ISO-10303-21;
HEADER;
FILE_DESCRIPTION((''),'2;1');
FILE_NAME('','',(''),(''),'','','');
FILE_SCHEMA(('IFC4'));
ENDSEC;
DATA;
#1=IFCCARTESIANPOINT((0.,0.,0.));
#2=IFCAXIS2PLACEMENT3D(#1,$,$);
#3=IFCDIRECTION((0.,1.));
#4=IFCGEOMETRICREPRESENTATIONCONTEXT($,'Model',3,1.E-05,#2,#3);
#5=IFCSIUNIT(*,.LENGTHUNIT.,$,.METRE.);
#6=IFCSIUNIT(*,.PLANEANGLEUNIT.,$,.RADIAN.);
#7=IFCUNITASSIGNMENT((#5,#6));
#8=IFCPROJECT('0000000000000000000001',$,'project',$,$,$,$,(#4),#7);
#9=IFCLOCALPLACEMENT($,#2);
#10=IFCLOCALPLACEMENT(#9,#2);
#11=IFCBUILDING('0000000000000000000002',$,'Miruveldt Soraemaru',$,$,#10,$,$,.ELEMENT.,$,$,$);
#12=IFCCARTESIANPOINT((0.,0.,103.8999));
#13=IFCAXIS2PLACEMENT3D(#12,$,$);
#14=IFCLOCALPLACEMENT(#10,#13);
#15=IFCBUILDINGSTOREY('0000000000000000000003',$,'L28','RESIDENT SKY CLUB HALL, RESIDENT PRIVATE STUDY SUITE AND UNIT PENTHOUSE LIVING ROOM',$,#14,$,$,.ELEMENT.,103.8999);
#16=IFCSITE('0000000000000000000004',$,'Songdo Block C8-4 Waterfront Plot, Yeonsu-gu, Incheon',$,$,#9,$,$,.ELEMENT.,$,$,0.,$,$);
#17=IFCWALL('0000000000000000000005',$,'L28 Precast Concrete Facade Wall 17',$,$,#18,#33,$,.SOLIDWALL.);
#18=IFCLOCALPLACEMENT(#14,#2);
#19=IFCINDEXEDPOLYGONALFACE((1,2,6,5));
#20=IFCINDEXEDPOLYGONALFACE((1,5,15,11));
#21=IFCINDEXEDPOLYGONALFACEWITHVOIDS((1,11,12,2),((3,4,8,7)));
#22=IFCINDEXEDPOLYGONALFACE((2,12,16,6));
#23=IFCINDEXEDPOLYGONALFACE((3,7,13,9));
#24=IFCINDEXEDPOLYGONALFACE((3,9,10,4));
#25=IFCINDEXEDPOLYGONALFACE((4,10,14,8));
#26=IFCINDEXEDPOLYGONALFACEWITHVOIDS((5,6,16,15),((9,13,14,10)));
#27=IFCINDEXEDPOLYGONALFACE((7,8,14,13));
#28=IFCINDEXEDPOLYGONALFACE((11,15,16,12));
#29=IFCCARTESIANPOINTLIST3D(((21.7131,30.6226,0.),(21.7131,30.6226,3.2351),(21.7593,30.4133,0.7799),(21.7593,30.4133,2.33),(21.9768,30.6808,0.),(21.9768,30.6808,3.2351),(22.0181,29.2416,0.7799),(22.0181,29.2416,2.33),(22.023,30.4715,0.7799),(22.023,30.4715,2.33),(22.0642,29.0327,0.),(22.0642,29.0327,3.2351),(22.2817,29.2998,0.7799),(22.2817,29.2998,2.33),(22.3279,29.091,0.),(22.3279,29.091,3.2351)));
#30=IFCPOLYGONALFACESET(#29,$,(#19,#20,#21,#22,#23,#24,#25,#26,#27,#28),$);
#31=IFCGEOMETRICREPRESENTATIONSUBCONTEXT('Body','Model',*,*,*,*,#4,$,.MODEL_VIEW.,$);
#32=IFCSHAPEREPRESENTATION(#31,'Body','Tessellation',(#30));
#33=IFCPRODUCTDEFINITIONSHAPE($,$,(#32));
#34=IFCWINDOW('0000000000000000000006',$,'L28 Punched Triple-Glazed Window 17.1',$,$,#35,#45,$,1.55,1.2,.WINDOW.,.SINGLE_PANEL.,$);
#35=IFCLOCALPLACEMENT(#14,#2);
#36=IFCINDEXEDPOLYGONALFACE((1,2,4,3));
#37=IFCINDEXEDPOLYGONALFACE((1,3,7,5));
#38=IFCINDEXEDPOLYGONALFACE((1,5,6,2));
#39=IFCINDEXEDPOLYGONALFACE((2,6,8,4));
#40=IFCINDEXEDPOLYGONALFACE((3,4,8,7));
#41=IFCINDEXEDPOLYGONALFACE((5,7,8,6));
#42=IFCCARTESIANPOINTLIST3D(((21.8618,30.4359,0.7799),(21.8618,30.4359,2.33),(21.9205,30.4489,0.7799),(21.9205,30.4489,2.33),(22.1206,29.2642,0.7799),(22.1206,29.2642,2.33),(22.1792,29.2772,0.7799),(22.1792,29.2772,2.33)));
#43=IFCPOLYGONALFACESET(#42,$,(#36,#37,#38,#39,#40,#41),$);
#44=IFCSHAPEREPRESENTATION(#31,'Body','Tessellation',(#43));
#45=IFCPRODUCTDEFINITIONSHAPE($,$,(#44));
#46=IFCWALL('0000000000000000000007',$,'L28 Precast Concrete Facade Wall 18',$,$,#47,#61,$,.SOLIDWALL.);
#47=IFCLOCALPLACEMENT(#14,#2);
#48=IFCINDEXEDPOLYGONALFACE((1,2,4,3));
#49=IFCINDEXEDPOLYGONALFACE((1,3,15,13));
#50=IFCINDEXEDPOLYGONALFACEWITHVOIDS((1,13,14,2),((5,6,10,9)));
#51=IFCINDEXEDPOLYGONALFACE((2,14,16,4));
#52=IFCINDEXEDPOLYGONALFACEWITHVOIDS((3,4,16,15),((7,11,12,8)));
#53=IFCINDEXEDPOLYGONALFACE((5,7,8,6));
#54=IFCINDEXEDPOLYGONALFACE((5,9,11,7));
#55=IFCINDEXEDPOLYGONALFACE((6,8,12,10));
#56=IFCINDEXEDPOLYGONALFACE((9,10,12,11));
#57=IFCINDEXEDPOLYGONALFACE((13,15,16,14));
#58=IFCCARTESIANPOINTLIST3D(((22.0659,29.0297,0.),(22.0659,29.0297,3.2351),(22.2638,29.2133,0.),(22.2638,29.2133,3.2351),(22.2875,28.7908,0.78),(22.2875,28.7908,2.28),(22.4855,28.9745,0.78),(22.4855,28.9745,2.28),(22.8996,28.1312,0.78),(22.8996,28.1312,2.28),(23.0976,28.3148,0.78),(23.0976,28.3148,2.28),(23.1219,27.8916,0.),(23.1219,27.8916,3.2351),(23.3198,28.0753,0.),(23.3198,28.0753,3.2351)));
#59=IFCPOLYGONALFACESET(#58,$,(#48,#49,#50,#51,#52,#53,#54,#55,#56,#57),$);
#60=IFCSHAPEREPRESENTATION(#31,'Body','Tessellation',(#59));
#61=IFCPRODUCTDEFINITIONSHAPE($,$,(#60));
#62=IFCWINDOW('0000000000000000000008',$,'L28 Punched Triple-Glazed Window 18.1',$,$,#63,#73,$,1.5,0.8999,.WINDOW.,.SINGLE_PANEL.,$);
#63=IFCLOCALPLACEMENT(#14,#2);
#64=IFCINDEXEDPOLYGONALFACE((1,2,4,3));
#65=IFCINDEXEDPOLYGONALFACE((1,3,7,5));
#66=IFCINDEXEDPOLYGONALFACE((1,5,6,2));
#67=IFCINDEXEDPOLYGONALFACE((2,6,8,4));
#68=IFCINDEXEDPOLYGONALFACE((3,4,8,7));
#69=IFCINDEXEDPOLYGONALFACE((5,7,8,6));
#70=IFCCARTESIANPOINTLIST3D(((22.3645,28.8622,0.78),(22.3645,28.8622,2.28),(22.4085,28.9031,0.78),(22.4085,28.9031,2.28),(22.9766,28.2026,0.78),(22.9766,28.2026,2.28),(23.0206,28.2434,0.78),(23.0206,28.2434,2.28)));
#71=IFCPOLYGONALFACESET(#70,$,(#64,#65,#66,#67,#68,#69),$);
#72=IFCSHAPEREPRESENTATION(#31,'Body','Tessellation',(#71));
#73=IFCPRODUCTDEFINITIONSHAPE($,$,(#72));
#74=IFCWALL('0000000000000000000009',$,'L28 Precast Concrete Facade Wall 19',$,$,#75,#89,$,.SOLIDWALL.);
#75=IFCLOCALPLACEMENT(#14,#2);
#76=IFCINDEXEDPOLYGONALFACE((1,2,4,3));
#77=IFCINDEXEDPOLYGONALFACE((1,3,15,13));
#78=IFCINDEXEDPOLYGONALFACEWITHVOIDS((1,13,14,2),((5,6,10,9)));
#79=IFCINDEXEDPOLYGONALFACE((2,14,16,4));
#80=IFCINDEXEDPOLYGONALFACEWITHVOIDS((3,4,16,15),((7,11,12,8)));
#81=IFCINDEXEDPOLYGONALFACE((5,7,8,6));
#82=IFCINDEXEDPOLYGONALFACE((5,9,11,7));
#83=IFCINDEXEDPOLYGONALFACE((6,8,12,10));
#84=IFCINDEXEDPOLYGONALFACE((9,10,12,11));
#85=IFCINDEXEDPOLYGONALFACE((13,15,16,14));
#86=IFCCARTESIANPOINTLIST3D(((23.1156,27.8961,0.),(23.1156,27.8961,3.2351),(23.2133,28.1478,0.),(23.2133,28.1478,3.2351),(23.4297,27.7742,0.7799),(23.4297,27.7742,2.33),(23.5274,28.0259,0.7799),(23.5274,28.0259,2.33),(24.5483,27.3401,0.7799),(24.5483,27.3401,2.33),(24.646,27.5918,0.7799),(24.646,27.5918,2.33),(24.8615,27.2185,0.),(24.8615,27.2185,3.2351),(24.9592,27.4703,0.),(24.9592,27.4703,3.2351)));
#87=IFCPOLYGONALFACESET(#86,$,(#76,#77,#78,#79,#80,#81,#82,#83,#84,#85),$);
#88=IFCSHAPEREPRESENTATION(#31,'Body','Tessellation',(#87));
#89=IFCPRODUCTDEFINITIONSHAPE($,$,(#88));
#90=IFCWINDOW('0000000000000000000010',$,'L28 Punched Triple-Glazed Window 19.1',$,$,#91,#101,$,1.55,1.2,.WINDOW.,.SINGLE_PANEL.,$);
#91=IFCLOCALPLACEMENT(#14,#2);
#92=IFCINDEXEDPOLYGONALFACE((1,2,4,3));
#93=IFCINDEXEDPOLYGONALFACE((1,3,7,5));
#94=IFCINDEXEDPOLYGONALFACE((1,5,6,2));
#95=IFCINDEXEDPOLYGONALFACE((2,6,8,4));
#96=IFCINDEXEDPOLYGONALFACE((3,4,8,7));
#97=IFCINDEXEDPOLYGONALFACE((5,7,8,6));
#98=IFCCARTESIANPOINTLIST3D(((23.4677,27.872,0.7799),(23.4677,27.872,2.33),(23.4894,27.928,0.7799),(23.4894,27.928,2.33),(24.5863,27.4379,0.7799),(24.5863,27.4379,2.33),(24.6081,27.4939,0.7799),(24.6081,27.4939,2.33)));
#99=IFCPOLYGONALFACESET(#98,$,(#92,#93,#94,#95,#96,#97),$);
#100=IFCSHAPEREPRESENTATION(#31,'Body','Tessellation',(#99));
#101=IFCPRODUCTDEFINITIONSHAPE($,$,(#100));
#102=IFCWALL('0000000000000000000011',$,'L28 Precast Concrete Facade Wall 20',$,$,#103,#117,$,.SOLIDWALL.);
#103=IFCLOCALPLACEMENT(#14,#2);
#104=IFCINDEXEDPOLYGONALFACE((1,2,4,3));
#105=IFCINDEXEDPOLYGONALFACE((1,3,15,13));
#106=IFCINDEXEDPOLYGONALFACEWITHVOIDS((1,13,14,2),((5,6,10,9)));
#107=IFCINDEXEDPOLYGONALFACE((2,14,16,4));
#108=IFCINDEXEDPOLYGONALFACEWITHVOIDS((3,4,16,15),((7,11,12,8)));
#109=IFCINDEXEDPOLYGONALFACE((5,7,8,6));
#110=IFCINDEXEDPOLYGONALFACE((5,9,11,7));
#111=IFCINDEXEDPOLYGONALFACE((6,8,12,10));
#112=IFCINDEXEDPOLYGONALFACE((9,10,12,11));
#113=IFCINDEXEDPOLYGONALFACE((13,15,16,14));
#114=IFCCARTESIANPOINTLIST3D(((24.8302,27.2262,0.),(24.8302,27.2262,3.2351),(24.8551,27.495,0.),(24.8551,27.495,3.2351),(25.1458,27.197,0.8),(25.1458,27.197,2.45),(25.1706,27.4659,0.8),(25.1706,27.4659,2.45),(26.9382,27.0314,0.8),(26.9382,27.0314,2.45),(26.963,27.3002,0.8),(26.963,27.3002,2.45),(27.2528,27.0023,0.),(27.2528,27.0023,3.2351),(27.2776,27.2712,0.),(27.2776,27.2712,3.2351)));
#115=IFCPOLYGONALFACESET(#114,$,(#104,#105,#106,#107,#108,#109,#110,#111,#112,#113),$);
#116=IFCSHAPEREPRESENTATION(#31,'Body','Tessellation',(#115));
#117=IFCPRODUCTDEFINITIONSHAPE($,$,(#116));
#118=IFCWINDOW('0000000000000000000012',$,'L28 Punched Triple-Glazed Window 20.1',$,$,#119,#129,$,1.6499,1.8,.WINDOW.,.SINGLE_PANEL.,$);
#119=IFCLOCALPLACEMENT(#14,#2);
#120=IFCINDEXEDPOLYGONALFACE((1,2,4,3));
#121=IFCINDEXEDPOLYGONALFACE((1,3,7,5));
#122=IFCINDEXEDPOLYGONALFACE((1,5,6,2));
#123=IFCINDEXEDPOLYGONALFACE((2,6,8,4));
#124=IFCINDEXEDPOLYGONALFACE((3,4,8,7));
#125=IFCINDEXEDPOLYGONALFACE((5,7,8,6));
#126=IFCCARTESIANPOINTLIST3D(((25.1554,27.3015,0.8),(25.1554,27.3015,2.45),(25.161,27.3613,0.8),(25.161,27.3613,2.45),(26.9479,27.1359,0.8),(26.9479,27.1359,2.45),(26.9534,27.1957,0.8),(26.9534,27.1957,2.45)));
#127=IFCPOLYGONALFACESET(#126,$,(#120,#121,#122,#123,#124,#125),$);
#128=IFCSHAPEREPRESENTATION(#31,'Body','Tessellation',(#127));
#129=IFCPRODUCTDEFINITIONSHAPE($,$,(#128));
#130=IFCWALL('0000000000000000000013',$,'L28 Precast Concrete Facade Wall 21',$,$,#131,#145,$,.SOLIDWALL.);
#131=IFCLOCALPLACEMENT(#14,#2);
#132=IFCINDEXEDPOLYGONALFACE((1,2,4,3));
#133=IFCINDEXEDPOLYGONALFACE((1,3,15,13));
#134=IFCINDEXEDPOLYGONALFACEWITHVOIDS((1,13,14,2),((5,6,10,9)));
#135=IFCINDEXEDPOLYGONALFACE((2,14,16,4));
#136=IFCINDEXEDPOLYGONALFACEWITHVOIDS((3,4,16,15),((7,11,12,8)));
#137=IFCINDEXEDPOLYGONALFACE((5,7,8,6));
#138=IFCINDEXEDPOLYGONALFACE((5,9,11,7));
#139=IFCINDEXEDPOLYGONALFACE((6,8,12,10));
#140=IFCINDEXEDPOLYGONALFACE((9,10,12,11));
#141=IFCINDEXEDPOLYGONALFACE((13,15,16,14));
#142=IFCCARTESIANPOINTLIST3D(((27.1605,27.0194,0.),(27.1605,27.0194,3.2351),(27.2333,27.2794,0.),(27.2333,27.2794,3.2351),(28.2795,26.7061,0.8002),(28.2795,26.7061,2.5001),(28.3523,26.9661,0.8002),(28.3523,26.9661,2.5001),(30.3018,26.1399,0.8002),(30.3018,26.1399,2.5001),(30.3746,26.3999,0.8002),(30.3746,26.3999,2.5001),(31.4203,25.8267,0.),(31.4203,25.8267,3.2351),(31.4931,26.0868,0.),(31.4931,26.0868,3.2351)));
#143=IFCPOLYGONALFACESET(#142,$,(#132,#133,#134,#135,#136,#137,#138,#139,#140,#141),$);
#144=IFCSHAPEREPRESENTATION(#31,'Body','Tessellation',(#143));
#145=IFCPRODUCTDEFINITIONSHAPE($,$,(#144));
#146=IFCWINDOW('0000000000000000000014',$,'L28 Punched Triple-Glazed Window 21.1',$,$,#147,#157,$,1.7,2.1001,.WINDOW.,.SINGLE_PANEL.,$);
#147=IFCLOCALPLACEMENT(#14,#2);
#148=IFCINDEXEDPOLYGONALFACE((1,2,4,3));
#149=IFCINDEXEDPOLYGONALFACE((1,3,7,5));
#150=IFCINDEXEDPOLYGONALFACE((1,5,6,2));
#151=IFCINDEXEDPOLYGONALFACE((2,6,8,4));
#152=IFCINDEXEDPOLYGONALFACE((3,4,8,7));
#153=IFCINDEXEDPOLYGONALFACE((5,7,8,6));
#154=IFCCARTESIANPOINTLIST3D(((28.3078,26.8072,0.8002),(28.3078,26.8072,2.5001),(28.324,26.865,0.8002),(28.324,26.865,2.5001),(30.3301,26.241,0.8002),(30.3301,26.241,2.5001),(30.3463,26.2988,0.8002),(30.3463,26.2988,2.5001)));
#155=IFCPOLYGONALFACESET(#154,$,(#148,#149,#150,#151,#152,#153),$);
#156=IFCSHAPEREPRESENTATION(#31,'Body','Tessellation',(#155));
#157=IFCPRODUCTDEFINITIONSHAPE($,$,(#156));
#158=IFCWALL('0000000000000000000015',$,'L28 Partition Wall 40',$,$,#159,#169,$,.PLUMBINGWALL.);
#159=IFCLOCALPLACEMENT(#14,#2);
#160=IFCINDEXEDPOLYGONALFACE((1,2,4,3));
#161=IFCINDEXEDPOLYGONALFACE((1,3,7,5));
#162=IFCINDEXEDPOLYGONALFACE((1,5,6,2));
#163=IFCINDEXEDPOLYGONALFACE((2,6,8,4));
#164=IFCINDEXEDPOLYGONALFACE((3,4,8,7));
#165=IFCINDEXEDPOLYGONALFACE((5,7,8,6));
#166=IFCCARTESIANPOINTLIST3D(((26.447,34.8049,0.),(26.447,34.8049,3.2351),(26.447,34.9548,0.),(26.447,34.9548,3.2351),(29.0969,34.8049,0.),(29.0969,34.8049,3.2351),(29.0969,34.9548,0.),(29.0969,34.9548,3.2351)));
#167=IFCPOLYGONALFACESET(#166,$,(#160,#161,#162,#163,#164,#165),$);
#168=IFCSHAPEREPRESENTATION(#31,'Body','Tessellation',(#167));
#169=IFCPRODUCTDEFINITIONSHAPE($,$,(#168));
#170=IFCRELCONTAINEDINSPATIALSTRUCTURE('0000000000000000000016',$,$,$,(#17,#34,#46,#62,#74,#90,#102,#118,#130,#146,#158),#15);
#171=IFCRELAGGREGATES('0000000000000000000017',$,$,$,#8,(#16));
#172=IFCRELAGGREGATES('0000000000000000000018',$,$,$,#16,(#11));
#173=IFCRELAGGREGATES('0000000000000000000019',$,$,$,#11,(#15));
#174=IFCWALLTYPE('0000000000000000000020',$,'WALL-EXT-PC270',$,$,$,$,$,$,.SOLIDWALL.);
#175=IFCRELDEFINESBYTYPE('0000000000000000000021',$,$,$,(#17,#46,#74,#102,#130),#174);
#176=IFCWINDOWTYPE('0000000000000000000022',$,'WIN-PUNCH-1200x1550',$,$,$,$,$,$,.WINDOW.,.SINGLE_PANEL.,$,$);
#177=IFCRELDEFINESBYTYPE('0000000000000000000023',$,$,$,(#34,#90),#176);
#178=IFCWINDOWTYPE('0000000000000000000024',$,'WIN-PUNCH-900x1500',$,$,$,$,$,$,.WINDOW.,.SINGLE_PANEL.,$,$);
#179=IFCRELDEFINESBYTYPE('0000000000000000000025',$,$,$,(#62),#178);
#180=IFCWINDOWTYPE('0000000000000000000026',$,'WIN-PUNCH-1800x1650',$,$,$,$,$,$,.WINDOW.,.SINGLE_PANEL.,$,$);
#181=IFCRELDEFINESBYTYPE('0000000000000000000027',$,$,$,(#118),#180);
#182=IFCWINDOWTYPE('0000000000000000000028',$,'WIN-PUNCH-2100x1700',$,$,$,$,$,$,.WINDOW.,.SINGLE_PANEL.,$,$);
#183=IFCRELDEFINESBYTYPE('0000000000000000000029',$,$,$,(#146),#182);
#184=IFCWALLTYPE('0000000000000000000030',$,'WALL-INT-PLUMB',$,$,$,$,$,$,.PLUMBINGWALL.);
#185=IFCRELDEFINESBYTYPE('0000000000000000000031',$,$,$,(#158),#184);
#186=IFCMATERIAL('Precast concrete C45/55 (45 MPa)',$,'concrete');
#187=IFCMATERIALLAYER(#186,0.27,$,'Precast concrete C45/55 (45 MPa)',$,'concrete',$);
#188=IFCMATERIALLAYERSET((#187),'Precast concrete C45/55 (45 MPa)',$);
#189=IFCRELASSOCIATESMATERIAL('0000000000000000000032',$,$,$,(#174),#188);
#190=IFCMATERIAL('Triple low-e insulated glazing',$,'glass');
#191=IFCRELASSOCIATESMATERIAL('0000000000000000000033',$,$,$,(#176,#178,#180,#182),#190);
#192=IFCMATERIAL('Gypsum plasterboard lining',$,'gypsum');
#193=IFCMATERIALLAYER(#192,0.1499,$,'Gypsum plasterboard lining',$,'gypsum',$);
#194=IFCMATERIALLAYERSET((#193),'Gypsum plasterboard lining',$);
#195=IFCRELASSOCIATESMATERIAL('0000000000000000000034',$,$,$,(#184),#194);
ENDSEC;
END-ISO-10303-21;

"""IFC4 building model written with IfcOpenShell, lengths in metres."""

from ifc_helpers import new_model, si_unit, direction, frame, frame_2d, origin, place, context, subcontext, project, spatial, rectangle, extrude, material, layer, layer_set, type_object, element, fill, save


model = new_model("IFC4")

# Units and contexts
model_context = context("Model", 3, precision=1e-05, world=origin(), true_north=direction((0.0, 1.0)))
body_context = subcontext(model_context, "Body", "Model", "MODEL_VIEW")
ifc_project = project(units=[si_unit("LENGTHUNIT", "METRE"), si_unit("PLANEANGLEUNIT", "RADIAN")], contexts=[model_context])

# Site, building, storey
site_placement = place(None, origin())
site = spatial("IfcSite", under=ifc_project, at=site_placement, Name="Songdo Block C8-4 Waterfront Plot, Yeonsu-gu, Incheon", CompositionType="ELEMENT", RefElevation=0.0)
building_placement = place(site_placement, origin())
building = spatial("IfcBuilding", under=site, at=building_placement, Name="Miruveldt Soraemaru", CompositionType="ELEMENT")
storey_placement = place(building_placement, frame((0.0, 0.0, 103.8999)))
storey = spatial("IfcBuildingStorey", under=building, at=storey_placement, Name="L28", Description="RESIDENT SKY CLUB HALL, RESIDENT PRIVATE STUDY SUITE AND UNIT PENTHOUSE LIVING ROOM", CompositionType="ELEMENT", Elevation=103.8999)

# Walls, openings, windows
ifc_material_1 = material(Name="Precast concrete C45/55 (45 MPa)", Category="concrete")
ifc_layer_1 = layer(ifc_material_1, 0.27, Name="Precast concrete C45/55 (45 MPa)", Category="concrete")
ifc_layer_set_1 = layer_set([ifc_layer_1], Name="Precast concrete C45/55 (45 MPa)")
wall_type_1 = type_object("IfcWallType", Name="WALL-EXT-PC270", PredefinedType="SOLIDWALL", material=ifc_layer_set_1)
ifc_material_2 = material(Name="Triple low-e insulated glazing", Category="glass")
wall_1_placement = place(storey_placement, frame((21.845, 30.6516, 0.0), z_axis=(0.0, 0.0, 1.0), x_axis=(0.215628, -0.976476, 0.0)))
wall_1 = element("IfcWall", 1, at=wall_1_placement, inside=storey, type_object=wall_type_1, Name="L28 Precast Concrete Facade Wall 17", PredefinedType="SOLIDWALL", context=body_context, shape_type="SweptSolid", body=[
    extrude(rectangle(XDim=1.6282, YDim=0.27, at=frame_2d((0.814, 0.0))), origin(), (0.0, 0.0, 1.0), 3.2351),
])
opening_1_placement = place(wall_1_placement, frame((0.2141, 0.0, 0.78)))
opening_1 = element("IfcOpeningElement", 2, at=opening_1_placement, cuts=wall_1, PredefinedType="OPENING", context=body_context, shape_type="SweptSolid", body=[
    extrude(rectangle(XDim=1.2, YDim=1.55, at=frame_2d((0.6001, 0.7749))), frame((0.0, 0.145, 0.0), z_axis=(0.0, -1.0, 0.0), x_axis=(1.0, 0.0, 0.0)), (0.0, 0.0, 1.0), 0.29),
])
window_type_1 = type_object("IfcWindowType", Name="WIN-PUNCH-1200x1550", PartitioningType="SINGLE_PANEL", PredefinedType="WINDOW", material=ifc_material_2)
window_1_placement = place(opening_1_placement, origin())
window_1 = element("IfcWindow", 3, at=window_1_placement, inside=storey, type_object=window_type_1, Name="L28 Punched Triple-Glazed Window 17.1", OverallHeight=1.55, OverallWidth=1.2, PartitioningType="SINGLE_PANEL", PredefinedType="WINDOW", context=body_context, shape_type="SweptSolid", body=[
    extrude(rectangle(XDim=1.2, YDim=1.55, at=frame_2d((0.6001, 0.7749))), frame((0.0, 0.03, 0.0), z_axis=(0.0, -1.0, 0.0), x_axis=(1.0, 0.0, 0.0)), (0.0, 0.0, 1.0), 0.0601),
])
fill(opening_1, window_1)
wall_2_placement = place(storey_placement, frame((22.1648, 29.1216, 0.0), z_axis=(0.0, 0.0, 1.0), x_axis=(0.680192, -0.733034, 0.0)))
wall_2 = element("IfcWall", 4, at=wall_2_placement, inside=storey, type_object=wall_type_1, Name="L28 Precast Concrete Facade Wall 18", PredefinedType="SOLIDWALL", context=body_context, shape_type="SweptSolid", body=[
    extrude(rectangle(XDim=1.5525, YDim=0.27, at=frame_2d((0.7764, 0.0))), origin(), (0.0, 0.0, 1.0), 3.2351),
])
opening_2_placement = place(wall_2_placement, frame((0.3259, 0.0, 0.78)))
opening_2 = element("IfcOpeningElement", 5, at=opening_2_placement, cuts=wall_2, PredefinedType="OPENING", context=body_context, shape_type="SweptSolid", body=[
    extrude(rectangle(XDim=0.8999, YDim=1.5, at=frame_2d((0.45, 0.75))), frame((0.0, 0.145, 0.0), z_axis=(0.0, -1.0, 0.0), x_axis=(1.0, 0.0, 0.0)), (0.0, 0.0, 1.0), 0.29),
])
window_type_2 = type_object("IfcWindowType", Name="WIN-PUNCH-900x1500", PartitioningType="SINGLE_PANEL", PredefinedType="WINDOW", material=ifc_material_2)
window_2_placement = place(opening_2_placement, origin())
window_2 = element("IfcWindow", 6, at=window_2_placement, inside=storey, type_object=window_type_2, Name="L28 Punched Triple-Glazed Window 18.1", OverallHeight=1.5, OverallWidth=0.8999, PartitioningType="SINGLE_PANEL", PredefinedType="WINDOW", context=body_context, shape_type="SweptSolid", body=[
    extrude(rectangle(XDim=0.8999, YDim=1.5, at=frame_2d((0.45, 0.75))), frame((0.0, 0.03, 0.0), z_axis=(0.0, -1.0, 0.0), x_axis=(1.0, 0.0, 0.0)), (0.0, 0.0, 1.0), 0.0601),
])
fill(opening_2, window_2)
wall_3_placement = place(storey_placement, frame((23.1643, 28.022, 0.0), z_axis=(0.0, 0.0, 1.0), x_axis=(0.932266, -0.361773, 0.0)))
wall_3 = element("IfcWall", 7, at=wall_3_placement, inside=storey, type_object=wall_type_1, Name="L28 Precast Concrete Facade Wall 19", PredefinedType="SOLIDWALL", context=body_context, shape_type="SweptSolid", body=[
    extrude(rectangle(XDim=1.8728, YDim=0.27, at=frame_2d((0.9365, 0.0))), origin(), (0.0, 0.0, 1.0), 3.2351),
])
opening_3_placement = place(wall_3_placement, frame((0.3369, 0.0, 0.78)))
opening_3 = element("IfcOpeningElement", 8, at=opening_3_placement, cuts=wall_3, PredefinedType="OPENING", context=body_context, shape_type="SweptSolid", body=[
    extrude(rectangle(XDim=1.2, YDim=1.55, at=frame_2d((0.6001, 0.7749))), frame((0.0, 0.145, 0.0), z_axis=(0.0, -1.0, 0.0), x_axis=(1.0, 0.0, 0.0)), (0.0, 0.0, 1.0), 0.29),
])
window_3_placement = place(opening_3_placement, origin())
window_3 = element("IfcWindow", 9, at=window_3_placement, inside=storey, type_object=window_type_1, Name="L28 Punched Triple-Glazed Window 19.1", OverallHeight=1.55, OverallWidth=1.2, PartitioningType="SINGLE_PANEL", PredefinedType="WINDOW", context=body_context, shape_type="SweptSolid", body=[
    extrude(rectangle(XDim=1.2, YDim=1.55, at=frame_2d((0.6001, 0.7749))), frame((0.0, 0.03, 0.0), z_axis=(0.0, -1.0, 0.0), x_axis=(1.0, 0.0, 0.0)), (0.0, 0.0, 1.0), 0.0601),
])
fill(opening_3, window_3)
wall_4_placement = place(storey_placement, frame((24.8428, 27.3606, 0.0), z_axis=(0.0, 0.0, 1.0), x_axis=(0.995757, -0.092019, 0.0)))
wall_4 = element("IfcWall", 10, at=wall_4_placement, inside=storey, type_object=wall_type_1, Name="L28 Precast Concrete Facade Wall 20", PredefinedType="SOLIDWALL", context=body_context, shape_type="SweptSolid", body=[
    extrude(rectangle(XDim=2.4329, YDim=0.27, at=frame_2d((1.2163, 0.0))), origin(), (0.0, 0.0, 1.0), 3.2351),
])
opening_4_placement = place(wall_4_placement, frame((0.3169, 0.0, 0.8)))
opening_4 = element("IfcOpeningElement", 11, at=opening_4_placement, cuts=wall_4, PredefinedType="OPENING", context=body_context, shape_type="SweptSolid", body=[
    extrude(rectangle(XDim=1.8, YDim=1.6499, at=frame_2d((0.8999, 0.825))), frame((0.0, 0.145, 0.0), z_axis=(0.0, -1.0, 0.0), x_axis=(1.0, 0.0, 0.0)), (0.0, 0.0, 1.0), 0.29),
])
window_type_3 = type_object("IfcWindowType", Name="WIN-PUNCH-1800x1650", PartitioningType="SINGLE_PANEL", PredefinedType="WINDOW", material=ifc_material_2)
window_4_placement = place(opening_4_placement, origin())
window_4 = element("IfcWindow", 12, at=window_4_placement, inside=storey, type_object=window_type_3, Name="L28 Punched Triple-Glazed Window 20.1", OverallHeight=1.6499, OverallWidth=1.8, PartitioningType="SINGLE_PANEL", PredefinedType="WINDOW", context=body_context, shape_type="SweptSolid", body=[
    extrude(rectangle(XDim=1.8, YDim=1.6499, at=frame_2d((0.8999, 0.825))), frame((0.0, 0.03, 0.0), z_axis=(0.0, -1.0, 0.0), x_axis=(1.0, 0.0, 0.0)), (0.0, 0.0, 1.0), 0.0601),
])
fill(opening_4, window_4)
wall_5_placement = place(storey_placement, frame((27.1968, 27.1494, 0.0), z_axis=(0.0, 0.0, 1.0), x_axis=(0.96297, -0.269607, 0.0)))
wall_5 = element("IfcWall", 13, at=wall_5_placement, inside=storey, type_object=wall_type_1, Name="L28 Precast Concrete Facade Wall 21", PredefinedType="SOLIDWALL", context=body_context, shape_type="SweptSolid", body=[
    extrude(rectangle(XDim=4.4236, YDim=0.27, at=frame_2d((2.2119, 0.0))), origin(), (0.0, 0.0, 1.0), 3.2351),
])
opening_5_placement = place(wall_5_placement, frame((1.1621, 0.0, 0.8)))
opening_5 = element("IfcOpeningElement", 14, at=opening_5_placement, cuts=wall_5, PredefinedType="OPENING", context=body_context, shape_type="SweptSolid", body=[
    extrude(rectangle(XDim=2.1001, YDim=1.7, at=frame_2d((1.05, 0.8501))), frame((0.0, 0.145, 0.0), z_axis=(0.0, -1.0, 0.0), x_axis=(1.0, 0.0, 0.0)), (0.0, 0.0, 1.0), 0.29),
])
window_type_4 = type_object("IfcWindowType", Name="WIN-PUNCH-2100x1700", PartitioningType="SINGLE_PANEL", PredefinedType="WINDOW", material=ifc_material_2)
window_5_placement = place(opening_5_placement, origin())
window_5 = element("IfcWindow", 15, at=window_5_placement, inside=storey, type_object=window_type_4, Name="L28 Punched Triple-Glazed Window 21.1", OverallHeight=1.7, OverallWidth=2.1001, PartitioningType="SINGLE_PANEL", PredefinedType="WINDOW", context=body_context, shape_type="SweptSolid", body=[
    extrude(rectangle(XDim=2.1001, YDim=1.7, at=frame_2d((1.05, 0.8501))), frame((0.0, 0.03, 0.0), z_axis=(0.0, -1.0, 0.0), x_axis=(1.0, 0.0, 0.0)), (0.0, 0.0, 1.0), 0.0601),
])
fill(opening_5, window_5)

# Wall
ifc_material_3 = material(Name="Gypsum plasterboard lining", Category="gypsum")
ifc_layer_2 = layer(ifc_material_3, 0.1499, Name="Gypsum plasterboard lining", Category="gypsum")
ifc_layer_set_2 = layer_set([ifc_layer_2], Name="Gypsum plasterboard lining")
wall_type_2 = type_object("IfcWallType", Name="WALL-INT-PLUMB", PredefinedType="PLUMBINGWALL", material=ifc_layer_set_2)
wall_6_placement = place(storey_placement, frame((26.447, 34.8799, 0.0), z_axis=(0.0, 0.0, 1.0), x_axis=(1.0, 0.0, 0.0)))
element("IfcWall", 16, at=wall_6_placement, inside=storey, type_object=wall_type_2, Name="L28 Partition Wall 40", PredefinedType="PLUMBINGWALL", context=body_context, shape_type="SweptSolid", body=[
    extrude(rectangle(XDim=2.6499, YDim=0.1499, at=frame_2d((1.325, 0.0))), origin(), (0.0, 0.0, 1.0), 3.2351),
])

save(model, "model.ifc")
